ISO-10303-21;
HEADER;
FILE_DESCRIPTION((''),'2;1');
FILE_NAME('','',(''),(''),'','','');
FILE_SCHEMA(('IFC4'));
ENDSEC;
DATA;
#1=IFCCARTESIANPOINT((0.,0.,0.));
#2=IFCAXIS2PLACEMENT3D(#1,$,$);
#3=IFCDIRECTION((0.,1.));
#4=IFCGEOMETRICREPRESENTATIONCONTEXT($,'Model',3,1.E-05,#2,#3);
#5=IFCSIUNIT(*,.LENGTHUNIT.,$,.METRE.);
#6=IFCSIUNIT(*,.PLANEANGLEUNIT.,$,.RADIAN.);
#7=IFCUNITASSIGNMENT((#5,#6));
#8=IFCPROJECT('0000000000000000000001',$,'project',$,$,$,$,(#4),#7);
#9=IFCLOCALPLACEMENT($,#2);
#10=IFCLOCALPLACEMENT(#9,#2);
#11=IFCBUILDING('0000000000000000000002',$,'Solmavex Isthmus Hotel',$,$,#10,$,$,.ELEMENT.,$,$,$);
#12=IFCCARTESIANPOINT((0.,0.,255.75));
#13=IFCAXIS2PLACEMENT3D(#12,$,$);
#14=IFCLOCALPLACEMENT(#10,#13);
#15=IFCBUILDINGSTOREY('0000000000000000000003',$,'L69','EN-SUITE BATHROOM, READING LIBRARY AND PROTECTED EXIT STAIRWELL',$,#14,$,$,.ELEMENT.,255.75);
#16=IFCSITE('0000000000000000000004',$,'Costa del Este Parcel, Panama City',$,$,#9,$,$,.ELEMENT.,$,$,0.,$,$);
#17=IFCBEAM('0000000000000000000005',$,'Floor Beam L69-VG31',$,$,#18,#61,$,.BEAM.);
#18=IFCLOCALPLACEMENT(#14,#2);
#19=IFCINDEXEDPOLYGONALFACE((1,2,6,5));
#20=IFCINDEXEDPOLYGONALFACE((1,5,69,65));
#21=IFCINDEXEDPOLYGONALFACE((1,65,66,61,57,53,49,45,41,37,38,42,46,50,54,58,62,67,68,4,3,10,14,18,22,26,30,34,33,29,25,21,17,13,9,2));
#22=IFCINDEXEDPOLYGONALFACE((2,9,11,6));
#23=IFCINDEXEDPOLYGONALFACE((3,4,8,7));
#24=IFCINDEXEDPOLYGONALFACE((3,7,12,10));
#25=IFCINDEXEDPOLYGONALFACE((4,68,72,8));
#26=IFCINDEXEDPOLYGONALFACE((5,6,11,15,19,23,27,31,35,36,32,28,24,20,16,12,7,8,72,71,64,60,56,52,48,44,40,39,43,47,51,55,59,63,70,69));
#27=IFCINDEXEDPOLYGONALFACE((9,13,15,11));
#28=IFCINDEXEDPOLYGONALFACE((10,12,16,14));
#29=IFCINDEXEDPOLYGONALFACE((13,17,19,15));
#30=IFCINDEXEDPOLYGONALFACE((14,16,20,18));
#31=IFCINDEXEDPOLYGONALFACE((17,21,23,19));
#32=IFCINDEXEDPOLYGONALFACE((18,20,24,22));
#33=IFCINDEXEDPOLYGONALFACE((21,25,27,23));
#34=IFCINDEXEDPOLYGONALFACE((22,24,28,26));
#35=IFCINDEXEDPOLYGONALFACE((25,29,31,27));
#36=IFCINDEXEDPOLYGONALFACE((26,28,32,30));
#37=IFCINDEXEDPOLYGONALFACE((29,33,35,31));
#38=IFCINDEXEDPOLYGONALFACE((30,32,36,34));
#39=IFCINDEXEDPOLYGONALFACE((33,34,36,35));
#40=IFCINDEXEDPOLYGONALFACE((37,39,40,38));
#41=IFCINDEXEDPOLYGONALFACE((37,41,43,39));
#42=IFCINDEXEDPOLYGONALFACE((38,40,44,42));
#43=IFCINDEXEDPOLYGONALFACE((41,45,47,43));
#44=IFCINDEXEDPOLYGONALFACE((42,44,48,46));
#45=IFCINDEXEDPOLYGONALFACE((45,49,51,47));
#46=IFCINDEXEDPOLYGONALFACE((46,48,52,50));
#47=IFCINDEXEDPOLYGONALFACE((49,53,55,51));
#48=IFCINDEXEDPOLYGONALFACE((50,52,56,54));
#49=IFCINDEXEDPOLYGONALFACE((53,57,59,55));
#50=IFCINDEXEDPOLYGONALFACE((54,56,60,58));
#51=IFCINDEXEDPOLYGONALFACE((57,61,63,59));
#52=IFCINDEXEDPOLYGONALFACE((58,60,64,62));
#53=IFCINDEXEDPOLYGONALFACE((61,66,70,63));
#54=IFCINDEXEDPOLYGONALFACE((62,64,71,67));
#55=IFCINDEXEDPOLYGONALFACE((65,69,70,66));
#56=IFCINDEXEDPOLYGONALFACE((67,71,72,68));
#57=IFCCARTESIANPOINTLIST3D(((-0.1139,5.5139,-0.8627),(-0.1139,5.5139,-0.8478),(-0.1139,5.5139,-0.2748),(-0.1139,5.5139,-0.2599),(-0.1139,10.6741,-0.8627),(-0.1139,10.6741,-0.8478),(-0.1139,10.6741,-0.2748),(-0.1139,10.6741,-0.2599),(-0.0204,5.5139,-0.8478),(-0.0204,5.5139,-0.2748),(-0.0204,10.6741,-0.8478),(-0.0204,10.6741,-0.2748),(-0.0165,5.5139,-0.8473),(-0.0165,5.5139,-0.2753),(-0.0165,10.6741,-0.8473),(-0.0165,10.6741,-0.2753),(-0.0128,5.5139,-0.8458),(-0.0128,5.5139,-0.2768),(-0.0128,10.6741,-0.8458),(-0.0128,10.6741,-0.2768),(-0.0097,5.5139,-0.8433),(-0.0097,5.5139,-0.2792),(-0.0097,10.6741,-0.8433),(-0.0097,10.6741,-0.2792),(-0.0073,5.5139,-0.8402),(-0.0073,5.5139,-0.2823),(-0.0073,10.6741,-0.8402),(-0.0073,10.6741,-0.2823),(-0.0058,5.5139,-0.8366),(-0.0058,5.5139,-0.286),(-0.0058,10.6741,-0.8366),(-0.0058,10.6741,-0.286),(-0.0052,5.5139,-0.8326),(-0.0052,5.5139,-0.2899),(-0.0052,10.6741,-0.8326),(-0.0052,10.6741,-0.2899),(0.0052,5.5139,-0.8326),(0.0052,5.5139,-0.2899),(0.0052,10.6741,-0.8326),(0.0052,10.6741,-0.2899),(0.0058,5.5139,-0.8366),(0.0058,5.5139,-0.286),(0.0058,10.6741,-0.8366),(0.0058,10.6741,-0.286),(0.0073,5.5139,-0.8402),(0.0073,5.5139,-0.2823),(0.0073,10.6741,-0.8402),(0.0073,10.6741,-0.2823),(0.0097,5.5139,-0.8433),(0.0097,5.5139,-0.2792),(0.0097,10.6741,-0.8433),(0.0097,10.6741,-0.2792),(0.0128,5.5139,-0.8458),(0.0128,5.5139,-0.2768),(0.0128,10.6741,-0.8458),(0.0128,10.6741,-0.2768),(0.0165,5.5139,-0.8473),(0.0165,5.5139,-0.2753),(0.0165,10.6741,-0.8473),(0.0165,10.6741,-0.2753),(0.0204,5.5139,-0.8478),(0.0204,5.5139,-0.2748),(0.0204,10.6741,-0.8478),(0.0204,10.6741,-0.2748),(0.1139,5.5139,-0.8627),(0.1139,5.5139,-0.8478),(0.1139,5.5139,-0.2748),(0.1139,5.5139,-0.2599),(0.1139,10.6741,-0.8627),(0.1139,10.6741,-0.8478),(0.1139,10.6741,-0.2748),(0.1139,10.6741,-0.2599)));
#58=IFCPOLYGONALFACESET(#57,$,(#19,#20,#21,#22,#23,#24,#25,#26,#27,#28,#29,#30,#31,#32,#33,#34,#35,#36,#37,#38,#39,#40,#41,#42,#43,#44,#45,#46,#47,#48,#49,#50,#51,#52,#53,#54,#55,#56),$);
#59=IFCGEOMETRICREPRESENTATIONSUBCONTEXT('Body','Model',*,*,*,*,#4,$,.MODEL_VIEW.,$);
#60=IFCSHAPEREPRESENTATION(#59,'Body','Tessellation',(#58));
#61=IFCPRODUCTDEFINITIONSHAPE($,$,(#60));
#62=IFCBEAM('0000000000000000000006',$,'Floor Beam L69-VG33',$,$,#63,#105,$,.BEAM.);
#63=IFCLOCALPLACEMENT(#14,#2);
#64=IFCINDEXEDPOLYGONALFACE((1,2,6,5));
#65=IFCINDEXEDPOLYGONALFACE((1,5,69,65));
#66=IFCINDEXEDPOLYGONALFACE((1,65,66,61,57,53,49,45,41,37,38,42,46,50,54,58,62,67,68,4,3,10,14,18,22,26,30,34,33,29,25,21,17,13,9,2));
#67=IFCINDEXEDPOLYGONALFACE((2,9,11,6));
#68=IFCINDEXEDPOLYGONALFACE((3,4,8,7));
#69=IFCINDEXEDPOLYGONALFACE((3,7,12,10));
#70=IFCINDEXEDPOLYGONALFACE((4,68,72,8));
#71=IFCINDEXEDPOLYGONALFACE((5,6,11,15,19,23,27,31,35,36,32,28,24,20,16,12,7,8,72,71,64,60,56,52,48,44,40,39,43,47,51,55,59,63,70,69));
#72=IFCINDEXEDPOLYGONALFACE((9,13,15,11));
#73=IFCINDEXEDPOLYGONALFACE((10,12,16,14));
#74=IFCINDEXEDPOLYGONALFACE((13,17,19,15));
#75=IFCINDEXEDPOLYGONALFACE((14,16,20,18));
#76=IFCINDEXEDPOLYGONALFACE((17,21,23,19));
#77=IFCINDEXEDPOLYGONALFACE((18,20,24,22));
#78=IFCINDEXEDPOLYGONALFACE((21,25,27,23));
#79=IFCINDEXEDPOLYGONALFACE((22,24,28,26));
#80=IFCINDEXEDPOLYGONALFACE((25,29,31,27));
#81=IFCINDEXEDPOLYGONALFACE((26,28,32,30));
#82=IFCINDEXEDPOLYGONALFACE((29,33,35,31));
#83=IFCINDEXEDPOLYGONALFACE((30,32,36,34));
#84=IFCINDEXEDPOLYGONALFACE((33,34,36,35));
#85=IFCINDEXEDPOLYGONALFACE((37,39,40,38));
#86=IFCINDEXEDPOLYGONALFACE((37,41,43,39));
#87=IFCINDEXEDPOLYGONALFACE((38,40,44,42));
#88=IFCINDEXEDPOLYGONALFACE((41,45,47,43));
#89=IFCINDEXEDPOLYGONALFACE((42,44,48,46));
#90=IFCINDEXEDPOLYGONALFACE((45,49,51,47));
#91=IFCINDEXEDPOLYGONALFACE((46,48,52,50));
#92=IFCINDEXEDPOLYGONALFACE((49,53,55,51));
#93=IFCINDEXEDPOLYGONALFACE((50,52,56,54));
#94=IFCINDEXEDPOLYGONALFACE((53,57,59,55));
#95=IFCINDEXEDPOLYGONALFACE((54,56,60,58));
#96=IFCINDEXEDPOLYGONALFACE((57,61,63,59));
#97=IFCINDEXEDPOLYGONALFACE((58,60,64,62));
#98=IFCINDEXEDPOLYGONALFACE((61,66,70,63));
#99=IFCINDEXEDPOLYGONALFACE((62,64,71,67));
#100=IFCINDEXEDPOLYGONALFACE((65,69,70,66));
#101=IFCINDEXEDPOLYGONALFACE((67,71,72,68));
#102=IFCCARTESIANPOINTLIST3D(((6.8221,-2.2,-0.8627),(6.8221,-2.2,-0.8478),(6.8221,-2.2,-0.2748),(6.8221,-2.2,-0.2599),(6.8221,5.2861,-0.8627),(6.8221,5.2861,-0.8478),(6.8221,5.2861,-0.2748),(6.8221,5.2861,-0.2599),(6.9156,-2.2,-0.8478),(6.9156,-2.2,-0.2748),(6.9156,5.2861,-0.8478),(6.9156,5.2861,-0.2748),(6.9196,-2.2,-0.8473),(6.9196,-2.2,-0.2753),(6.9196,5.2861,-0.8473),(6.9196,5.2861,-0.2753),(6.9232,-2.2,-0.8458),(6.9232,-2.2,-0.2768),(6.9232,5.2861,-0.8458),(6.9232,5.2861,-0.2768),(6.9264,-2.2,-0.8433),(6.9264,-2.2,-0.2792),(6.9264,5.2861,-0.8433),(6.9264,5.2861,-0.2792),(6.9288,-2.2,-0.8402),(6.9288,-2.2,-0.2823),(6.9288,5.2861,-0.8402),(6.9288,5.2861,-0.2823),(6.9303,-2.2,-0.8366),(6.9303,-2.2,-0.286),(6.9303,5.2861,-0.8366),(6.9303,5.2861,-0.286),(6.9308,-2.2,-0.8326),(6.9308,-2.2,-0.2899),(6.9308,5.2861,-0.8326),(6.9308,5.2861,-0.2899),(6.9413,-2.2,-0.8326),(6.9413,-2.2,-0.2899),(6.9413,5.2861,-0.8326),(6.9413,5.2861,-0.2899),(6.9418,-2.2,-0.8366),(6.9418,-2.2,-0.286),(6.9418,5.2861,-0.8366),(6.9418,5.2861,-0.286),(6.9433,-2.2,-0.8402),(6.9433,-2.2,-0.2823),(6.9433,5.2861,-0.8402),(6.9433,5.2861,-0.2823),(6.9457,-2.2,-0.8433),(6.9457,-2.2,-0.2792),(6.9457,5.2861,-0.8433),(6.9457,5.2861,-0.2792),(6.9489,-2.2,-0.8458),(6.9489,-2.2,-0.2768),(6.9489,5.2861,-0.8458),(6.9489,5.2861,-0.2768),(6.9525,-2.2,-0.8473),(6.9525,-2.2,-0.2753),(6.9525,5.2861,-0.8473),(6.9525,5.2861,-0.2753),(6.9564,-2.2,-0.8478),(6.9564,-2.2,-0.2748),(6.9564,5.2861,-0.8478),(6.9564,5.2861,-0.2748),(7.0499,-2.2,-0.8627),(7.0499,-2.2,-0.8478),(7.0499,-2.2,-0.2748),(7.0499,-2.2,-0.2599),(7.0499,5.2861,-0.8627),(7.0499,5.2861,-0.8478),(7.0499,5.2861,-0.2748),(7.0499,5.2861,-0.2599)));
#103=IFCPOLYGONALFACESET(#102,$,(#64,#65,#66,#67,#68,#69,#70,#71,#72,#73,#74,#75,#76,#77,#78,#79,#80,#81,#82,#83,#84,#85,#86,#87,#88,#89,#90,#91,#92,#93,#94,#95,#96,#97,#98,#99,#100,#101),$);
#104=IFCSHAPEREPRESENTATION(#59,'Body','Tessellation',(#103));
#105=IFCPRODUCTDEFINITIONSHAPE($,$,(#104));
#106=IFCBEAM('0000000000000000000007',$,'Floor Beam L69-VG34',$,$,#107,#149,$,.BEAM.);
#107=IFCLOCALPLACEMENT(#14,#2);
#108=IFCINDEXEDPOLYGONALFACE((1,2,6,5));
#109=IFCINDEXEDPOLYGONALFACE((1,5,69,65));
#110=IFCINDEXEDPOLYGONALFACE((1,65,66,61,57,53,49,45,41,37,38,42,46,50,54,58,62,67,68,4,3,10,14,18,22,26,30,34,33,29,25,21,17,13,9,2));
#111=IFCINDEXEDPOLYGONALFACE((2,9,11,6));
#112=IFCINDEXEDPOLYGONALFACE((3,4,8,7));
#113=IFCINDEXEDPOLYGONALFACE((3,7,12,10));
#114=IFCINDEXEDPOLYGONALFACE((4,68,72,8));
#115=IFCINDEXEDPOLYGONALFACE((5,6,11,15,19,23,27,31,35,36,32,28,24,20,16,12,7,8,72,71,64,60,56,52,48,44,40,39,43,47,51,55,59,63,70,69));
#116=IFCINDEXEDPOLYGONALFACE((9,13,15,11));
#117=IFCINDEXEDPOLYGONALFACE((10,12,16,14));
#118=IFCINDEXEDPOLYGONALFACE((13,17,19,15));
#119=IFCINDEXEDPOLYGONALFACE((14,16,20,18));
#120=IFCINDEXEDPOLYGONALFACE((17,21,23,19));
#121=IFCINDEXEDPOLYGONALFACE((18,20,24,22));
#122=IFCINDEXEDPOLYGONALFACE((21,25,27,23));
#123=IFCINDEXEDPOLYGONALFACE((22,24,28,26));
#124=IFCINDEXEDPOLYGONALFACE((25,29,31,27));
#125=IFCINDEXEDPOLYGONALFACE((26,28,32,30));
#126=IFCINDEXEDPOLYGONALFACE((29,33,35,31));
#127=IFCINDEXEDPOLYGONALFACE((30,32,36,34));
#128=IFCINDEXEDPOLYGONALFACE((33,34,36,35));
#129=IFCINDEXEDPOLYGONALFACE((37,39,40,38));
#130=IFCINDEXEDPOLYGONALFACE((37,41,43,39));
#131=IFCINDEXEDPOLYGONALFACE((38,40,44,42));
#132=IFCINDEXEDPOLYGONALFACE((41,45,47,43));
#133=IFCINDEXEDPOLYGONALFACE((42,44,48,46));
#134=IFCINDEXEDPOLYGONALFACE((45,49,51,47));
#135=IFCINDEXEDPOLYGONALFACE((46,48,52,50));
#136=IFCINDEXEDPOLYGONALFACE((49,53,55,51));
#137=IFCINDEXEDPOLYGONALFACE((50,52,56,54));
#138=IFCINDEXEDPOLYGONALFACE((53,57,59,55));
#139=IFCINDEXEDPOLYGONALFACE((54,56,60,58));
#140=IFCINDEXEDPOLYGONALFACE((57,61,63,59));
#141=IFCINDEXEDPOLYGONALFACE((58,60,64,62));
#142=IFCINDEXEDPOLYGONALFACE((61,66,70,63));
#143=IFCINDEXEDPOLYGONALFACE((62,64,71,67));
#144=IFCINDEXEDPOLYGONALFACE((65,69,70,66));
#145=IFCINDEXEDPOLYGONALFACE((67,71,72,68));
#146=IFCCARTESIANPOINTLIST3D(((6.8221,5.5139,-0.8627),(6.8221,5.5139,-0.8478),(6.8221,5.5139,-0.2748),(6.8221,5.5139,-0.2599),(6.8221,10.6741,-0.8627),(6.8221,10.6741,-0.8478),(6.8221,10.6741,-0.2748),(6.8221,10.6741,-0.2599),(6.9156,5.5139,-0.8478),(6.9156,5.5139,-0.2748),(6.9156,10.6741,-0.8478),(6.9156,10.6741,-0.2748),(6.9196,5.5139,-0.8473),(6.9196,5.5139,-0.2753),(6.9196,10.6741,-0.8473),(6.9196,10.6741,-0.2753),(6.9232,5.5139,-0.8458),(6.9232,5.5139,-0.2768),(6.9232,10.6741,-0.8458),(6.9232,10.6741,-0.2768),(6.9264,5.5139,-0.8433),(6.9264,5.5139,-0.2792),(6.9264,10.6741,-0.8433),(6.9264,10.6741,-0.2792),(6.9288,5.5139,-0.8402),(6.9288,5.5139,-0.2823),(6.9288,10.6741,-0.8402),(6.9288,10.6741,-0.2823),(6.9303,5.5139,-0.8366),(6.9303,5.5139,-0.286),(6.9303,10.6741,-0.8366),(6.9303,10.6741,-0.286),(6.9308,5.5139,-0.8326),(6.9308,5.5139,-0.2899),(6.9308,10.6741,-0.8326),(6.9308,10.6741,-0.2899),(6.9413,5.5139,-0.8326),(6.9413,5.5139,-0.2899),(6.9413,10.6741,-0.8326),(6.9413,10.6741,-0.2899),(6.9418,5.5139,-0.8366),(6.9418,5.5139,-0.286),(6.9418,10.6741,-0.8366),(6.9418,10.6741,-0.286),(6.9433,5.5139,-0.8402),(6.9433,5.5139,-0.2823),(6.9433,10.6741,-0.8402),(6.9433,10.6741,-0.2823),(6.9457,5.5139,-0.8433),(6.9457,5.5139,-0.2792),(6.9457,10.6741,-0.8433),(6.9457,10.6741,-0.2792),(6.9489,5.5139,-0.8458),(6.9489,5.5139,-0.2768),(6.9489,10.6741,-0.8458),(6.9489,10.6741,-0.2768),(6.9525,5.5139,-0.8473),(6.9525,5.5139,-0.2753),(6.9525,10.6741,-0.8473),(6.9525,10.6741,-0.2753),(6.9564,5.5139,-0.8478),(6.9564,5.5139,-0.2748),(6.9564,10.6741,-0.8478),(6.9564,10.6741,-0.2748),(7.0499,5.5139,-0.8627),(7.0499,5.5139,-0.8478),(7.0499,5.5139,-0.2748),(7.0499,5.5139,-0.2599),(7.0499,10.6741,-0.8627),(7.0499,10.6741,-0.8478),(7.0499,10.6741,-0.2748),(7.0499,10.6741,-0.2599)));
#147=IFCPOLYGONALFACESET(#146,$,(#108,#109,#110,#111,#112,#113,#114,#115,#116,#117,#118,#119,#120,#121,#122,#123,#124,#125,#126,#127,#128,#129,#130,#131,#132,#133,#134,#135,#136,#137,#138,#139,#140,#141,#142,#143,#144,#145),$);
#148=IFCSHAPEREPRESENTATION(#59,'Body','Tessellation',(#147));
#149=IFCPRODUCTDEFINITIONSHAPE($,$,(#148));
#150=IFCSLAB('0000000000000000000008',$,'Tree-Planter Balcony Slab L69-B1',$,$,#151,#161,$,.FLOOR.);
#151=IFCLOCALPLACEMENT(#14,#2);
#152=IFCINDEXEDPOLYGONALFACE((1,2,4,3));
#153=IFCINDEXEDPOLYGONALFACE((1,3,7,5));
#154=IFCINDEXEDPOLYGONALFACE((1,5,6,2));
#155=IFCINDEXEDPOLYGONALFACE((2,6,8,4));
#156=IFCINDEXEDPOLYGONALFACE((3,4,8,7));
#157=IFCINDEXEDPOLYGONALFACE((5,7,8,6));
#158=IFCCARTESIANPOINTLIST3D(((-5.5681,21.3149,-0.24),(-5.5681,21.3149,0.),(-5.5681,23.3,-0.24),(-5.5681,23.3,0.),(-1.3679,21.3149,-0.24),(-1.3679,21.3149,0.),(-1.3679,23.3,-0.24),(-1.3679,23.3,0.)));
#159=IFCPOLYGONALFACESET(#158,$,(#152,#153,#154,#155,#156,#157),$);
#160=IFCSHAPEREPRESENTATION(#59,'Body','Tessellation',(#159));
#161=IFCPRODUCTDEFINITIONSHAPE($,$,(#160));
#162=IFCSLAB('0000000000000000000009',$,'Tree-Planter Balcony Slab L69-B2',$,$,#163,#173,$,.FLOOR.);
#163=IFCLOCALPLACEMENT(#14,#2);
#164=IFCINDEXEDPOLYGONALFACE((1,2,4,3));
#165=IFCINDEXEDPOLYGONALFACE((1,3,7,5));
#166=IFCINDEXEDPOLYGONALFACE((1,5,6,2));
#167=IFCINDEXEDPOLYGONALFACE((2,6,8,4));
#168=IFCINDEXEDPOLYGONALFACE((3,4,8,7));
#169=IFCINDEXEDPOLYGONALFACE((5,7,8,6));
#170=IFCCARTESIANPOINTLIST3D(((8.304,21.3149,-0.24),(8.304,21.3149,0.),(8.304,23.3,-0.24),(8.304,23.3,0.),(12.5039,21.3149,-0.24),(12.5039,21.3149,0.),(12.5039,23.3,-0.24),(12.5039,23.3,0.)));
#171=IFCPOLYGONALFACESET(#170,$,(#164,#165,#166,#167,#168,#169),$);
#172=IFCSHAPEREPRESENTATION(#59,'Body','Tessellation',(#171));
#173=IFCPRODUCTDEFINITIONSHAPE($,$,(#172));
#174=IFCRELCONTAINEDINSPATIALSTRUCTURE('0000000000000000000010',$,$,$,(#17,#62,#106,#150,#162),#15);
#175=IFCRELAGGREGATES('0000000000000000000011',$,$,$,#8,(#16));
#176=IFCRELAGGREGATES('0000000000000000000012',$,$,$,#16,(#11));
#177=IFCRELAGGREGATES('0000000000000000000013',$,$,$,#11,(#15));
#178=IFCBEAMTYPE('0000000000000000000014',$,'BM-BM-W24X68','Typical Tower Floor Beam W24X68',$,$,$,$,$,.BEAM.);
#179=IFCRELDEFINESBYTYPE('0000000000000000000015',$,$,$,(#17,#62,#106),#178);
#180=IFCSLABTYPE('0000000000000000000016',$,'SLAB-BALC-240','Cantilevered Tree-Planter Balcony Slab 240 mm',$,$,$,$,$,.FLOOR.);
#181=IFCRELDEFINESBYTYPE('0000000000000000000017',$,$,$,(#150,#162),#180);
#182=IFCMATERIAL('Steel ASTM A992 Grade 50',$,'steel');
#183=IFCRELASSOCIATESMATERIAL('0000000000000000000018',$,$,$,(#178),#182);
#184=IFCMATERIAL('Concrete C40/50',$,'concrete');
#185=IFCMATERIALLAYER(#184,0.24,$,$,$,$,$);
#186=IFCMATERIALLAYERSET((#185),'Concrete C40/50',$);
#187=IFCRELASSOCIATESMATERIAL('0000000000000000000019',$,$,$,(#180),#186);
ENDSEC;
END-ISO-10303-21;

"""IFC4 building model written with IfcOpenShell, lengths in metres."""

from ifc_helpers import new_model, si_unit, direction, frame, origin, origin_2d, place, context, subcontext, project, spatial, polyline, i_section, outline, extrude, material, layer, layer_set, material_profile, profile_set, type_object, element, save


model = new_model("IFC4")

# Units and contexts
model_context = context("Model", 3, precision=1e-05, world=origin(), true_north=direction((0.0, 1.0)))
body_context = subcontext(model_context, "Body", "Model", "MODEL_VIEW")
ifc_project = project(units=[si_unit("LENGTHUNIT", "METRE"), si_unit("PLANEANGLEUNIT", "RADIAN")], contexts=[model_context])

# Site, building, storey
site_placement = place(None, origin())
site = spatial("IfcSite", under=ifc_project, at=site_placement, Name="Costa del Este Parcel, Panama City", CompositionType="ELEMENT", RefElevation=0.0)
building_placement = place(site_placement, origin())
building = spatial("IfcBuilding", under=site, at=building_placement, Name="Solmavex Isthmus Hotel", CompositionType="ELEMENT")
storey_placement = place(building_placement, frame((0.0, 0.0, 255.75)))
storey = spatial("IfcBuildingStorey", under=building, at=storey_placement, Name="L69", Description="EN-SUITE BATHROOM, READING LIBRARY AND PROTECTED EXIT STAIRWELL", CompositionType="ELEMENT", Elevation=255.75)

# Beams
ifc_material_1 = material(Name="Steel ASTM A992 Grade 50", Category="steel")
ifc_material_profile_1 = material_profile(ifc_material_1, i_section(OverallWidth=0.2278, OverallDepth=0.6028, WebThickness=0.0105, FlangeThickness=0.0149, FilletRadius=0.0151, at=origin_2d()), Name="W24X68")
ifc_profile_set_1 = profile_set([ifc_material_profile_1], Name="Steel ASTM A992 Grade 50")
beam_type_1 = type_object("IfcBeamType", Name="BM-BM-W24X68", Description="Typical Tower Floor Beam W24X68", PredefinedType="BEAM", material=ifc_profile_set_1)
beam_1_placement = place(storey_placement, frame((0.0, 5.5139, -0.5613), z_axis=(0.0, 1.0, 0.0), x_axis=(-1.0, 0.0, 0.0)))
element("IfcBeam", 1, at=beam_1_placement, inside=storey, type_object=beam_type_1, Name="Floor Beam L69-VG31", PredefinedType="BEAM", context=body_context, shape_type="SweptSolid", body=[
    extrude(i_section(OverallWidth=0.2278, OverallDepth=0.6028, WebThickness=0.0105, FlangeThickness=0.0149, FilletRadius=0.0151, at=origin_2d()), origin(), (0.0, 0.0, 1.0), 5.1602),
])
beam_2_placement = place(storey_placement, frame((6.936, -2.2, -0.5613), z_axis=(0.0, 1.0, 0.0), x_axis=(-1.0, 0.0, 0.0)))
element("IfcBeam", 2, at=beam_2_placement, inside=storey, type_object=beam_type_1, Name="Floor Beam L69-VG33", PredefinedType="BEAM", context=body_context, shape_type="SweptSolid", body=[
    extrude(i_section(OverallWidth=0.2278, OverallDepth=0.6028, WebThickness=0.0105, FlangeThickness=0.0149, FilletRadius=0.0151, at=origin_2d()), origin(), (0.0, 0.0, 1.0), 7.4861),
])
beam_3_placement = place(storey_placement, frame((6.936, 5.5139, -0.5613), z_axis=(0.0, 1.0, 0.0), x_axis=(-1.0, 0.0, 0.0)))
element("IfcBeam", 3, at=beam_3_placement, inside=storey, type_object=beam_type_1, Name="Floor Beam L69-VG34", PredefinedType="BEAM", context=body_context, shape_type="SweptSolid", body=[
    extrude(i_section(OverallWidth=0.2278, OverallDepth=0.6028, WebThickness=0.0105, FlangeThickness=0.0149, FilletRadius=0.0151, at=origin_2d()), origin(), (0.0, 0.0, 1.0), 5.1602),
])

# Slabs
ifc_material_2 = material(Name="Concrete C40/50", Category="concrete")
ifc_layer_1 = layer(ifc_material_2, 0.24)
ifc_layer_set_1 = layer_set([ifc_layer_1], Name="Concrete C40/50")
slab_type_1 = type_object("IfcSlabType", Name="SLAB-BALC-240", Description="Cantilevered Tree-Planter Balcony Slab 240 mm", PredefinedType="FLOOR", material=ifc_layer_set_1)
slab_1_placement = place(storey_placement, frame((0.0, 0.0, -0.24)))
element("IfcSlab", 4, at=slab_1_placement, inside=storey, type_object=slab_type_1, Name="Tree-Planter Balcony Slab L69-B1", PredefinedType="FLOOR", context=body_context, shape_type="SweptSolid", body=[
    extrude(outline(polyline([(-5.5681, 21.3149), (-1.3679, 21.3149), (-1.3679, 23.3), (-5.5681, 23.3), (-5.5681, 21.3149)])), origin(), (0.0, 0.0, 1.0), 0.24),
])
slab_2_placement = place(storey_placement, frame((0.0, 0.0, -0.24)))
element("IfcSlab", 5, at=slab_2_placement, inside=storey, type_object=slab_type_1, Name="Tree-Planter Balcony Slab L69-B2", PredefinedType="FLOOR", context=body_context, shape_type="SweptSolid", body=[
    extrude(outline(polyline([(8.304, 21.3149), (12.5039, 21.3149), (12.5039, 23.3), (8.304, 23.3), (8.304, 21.3149)])), origin(), (0.0, 0.0, 1.0), 0.24),
])

save(model, "model.ifc")
